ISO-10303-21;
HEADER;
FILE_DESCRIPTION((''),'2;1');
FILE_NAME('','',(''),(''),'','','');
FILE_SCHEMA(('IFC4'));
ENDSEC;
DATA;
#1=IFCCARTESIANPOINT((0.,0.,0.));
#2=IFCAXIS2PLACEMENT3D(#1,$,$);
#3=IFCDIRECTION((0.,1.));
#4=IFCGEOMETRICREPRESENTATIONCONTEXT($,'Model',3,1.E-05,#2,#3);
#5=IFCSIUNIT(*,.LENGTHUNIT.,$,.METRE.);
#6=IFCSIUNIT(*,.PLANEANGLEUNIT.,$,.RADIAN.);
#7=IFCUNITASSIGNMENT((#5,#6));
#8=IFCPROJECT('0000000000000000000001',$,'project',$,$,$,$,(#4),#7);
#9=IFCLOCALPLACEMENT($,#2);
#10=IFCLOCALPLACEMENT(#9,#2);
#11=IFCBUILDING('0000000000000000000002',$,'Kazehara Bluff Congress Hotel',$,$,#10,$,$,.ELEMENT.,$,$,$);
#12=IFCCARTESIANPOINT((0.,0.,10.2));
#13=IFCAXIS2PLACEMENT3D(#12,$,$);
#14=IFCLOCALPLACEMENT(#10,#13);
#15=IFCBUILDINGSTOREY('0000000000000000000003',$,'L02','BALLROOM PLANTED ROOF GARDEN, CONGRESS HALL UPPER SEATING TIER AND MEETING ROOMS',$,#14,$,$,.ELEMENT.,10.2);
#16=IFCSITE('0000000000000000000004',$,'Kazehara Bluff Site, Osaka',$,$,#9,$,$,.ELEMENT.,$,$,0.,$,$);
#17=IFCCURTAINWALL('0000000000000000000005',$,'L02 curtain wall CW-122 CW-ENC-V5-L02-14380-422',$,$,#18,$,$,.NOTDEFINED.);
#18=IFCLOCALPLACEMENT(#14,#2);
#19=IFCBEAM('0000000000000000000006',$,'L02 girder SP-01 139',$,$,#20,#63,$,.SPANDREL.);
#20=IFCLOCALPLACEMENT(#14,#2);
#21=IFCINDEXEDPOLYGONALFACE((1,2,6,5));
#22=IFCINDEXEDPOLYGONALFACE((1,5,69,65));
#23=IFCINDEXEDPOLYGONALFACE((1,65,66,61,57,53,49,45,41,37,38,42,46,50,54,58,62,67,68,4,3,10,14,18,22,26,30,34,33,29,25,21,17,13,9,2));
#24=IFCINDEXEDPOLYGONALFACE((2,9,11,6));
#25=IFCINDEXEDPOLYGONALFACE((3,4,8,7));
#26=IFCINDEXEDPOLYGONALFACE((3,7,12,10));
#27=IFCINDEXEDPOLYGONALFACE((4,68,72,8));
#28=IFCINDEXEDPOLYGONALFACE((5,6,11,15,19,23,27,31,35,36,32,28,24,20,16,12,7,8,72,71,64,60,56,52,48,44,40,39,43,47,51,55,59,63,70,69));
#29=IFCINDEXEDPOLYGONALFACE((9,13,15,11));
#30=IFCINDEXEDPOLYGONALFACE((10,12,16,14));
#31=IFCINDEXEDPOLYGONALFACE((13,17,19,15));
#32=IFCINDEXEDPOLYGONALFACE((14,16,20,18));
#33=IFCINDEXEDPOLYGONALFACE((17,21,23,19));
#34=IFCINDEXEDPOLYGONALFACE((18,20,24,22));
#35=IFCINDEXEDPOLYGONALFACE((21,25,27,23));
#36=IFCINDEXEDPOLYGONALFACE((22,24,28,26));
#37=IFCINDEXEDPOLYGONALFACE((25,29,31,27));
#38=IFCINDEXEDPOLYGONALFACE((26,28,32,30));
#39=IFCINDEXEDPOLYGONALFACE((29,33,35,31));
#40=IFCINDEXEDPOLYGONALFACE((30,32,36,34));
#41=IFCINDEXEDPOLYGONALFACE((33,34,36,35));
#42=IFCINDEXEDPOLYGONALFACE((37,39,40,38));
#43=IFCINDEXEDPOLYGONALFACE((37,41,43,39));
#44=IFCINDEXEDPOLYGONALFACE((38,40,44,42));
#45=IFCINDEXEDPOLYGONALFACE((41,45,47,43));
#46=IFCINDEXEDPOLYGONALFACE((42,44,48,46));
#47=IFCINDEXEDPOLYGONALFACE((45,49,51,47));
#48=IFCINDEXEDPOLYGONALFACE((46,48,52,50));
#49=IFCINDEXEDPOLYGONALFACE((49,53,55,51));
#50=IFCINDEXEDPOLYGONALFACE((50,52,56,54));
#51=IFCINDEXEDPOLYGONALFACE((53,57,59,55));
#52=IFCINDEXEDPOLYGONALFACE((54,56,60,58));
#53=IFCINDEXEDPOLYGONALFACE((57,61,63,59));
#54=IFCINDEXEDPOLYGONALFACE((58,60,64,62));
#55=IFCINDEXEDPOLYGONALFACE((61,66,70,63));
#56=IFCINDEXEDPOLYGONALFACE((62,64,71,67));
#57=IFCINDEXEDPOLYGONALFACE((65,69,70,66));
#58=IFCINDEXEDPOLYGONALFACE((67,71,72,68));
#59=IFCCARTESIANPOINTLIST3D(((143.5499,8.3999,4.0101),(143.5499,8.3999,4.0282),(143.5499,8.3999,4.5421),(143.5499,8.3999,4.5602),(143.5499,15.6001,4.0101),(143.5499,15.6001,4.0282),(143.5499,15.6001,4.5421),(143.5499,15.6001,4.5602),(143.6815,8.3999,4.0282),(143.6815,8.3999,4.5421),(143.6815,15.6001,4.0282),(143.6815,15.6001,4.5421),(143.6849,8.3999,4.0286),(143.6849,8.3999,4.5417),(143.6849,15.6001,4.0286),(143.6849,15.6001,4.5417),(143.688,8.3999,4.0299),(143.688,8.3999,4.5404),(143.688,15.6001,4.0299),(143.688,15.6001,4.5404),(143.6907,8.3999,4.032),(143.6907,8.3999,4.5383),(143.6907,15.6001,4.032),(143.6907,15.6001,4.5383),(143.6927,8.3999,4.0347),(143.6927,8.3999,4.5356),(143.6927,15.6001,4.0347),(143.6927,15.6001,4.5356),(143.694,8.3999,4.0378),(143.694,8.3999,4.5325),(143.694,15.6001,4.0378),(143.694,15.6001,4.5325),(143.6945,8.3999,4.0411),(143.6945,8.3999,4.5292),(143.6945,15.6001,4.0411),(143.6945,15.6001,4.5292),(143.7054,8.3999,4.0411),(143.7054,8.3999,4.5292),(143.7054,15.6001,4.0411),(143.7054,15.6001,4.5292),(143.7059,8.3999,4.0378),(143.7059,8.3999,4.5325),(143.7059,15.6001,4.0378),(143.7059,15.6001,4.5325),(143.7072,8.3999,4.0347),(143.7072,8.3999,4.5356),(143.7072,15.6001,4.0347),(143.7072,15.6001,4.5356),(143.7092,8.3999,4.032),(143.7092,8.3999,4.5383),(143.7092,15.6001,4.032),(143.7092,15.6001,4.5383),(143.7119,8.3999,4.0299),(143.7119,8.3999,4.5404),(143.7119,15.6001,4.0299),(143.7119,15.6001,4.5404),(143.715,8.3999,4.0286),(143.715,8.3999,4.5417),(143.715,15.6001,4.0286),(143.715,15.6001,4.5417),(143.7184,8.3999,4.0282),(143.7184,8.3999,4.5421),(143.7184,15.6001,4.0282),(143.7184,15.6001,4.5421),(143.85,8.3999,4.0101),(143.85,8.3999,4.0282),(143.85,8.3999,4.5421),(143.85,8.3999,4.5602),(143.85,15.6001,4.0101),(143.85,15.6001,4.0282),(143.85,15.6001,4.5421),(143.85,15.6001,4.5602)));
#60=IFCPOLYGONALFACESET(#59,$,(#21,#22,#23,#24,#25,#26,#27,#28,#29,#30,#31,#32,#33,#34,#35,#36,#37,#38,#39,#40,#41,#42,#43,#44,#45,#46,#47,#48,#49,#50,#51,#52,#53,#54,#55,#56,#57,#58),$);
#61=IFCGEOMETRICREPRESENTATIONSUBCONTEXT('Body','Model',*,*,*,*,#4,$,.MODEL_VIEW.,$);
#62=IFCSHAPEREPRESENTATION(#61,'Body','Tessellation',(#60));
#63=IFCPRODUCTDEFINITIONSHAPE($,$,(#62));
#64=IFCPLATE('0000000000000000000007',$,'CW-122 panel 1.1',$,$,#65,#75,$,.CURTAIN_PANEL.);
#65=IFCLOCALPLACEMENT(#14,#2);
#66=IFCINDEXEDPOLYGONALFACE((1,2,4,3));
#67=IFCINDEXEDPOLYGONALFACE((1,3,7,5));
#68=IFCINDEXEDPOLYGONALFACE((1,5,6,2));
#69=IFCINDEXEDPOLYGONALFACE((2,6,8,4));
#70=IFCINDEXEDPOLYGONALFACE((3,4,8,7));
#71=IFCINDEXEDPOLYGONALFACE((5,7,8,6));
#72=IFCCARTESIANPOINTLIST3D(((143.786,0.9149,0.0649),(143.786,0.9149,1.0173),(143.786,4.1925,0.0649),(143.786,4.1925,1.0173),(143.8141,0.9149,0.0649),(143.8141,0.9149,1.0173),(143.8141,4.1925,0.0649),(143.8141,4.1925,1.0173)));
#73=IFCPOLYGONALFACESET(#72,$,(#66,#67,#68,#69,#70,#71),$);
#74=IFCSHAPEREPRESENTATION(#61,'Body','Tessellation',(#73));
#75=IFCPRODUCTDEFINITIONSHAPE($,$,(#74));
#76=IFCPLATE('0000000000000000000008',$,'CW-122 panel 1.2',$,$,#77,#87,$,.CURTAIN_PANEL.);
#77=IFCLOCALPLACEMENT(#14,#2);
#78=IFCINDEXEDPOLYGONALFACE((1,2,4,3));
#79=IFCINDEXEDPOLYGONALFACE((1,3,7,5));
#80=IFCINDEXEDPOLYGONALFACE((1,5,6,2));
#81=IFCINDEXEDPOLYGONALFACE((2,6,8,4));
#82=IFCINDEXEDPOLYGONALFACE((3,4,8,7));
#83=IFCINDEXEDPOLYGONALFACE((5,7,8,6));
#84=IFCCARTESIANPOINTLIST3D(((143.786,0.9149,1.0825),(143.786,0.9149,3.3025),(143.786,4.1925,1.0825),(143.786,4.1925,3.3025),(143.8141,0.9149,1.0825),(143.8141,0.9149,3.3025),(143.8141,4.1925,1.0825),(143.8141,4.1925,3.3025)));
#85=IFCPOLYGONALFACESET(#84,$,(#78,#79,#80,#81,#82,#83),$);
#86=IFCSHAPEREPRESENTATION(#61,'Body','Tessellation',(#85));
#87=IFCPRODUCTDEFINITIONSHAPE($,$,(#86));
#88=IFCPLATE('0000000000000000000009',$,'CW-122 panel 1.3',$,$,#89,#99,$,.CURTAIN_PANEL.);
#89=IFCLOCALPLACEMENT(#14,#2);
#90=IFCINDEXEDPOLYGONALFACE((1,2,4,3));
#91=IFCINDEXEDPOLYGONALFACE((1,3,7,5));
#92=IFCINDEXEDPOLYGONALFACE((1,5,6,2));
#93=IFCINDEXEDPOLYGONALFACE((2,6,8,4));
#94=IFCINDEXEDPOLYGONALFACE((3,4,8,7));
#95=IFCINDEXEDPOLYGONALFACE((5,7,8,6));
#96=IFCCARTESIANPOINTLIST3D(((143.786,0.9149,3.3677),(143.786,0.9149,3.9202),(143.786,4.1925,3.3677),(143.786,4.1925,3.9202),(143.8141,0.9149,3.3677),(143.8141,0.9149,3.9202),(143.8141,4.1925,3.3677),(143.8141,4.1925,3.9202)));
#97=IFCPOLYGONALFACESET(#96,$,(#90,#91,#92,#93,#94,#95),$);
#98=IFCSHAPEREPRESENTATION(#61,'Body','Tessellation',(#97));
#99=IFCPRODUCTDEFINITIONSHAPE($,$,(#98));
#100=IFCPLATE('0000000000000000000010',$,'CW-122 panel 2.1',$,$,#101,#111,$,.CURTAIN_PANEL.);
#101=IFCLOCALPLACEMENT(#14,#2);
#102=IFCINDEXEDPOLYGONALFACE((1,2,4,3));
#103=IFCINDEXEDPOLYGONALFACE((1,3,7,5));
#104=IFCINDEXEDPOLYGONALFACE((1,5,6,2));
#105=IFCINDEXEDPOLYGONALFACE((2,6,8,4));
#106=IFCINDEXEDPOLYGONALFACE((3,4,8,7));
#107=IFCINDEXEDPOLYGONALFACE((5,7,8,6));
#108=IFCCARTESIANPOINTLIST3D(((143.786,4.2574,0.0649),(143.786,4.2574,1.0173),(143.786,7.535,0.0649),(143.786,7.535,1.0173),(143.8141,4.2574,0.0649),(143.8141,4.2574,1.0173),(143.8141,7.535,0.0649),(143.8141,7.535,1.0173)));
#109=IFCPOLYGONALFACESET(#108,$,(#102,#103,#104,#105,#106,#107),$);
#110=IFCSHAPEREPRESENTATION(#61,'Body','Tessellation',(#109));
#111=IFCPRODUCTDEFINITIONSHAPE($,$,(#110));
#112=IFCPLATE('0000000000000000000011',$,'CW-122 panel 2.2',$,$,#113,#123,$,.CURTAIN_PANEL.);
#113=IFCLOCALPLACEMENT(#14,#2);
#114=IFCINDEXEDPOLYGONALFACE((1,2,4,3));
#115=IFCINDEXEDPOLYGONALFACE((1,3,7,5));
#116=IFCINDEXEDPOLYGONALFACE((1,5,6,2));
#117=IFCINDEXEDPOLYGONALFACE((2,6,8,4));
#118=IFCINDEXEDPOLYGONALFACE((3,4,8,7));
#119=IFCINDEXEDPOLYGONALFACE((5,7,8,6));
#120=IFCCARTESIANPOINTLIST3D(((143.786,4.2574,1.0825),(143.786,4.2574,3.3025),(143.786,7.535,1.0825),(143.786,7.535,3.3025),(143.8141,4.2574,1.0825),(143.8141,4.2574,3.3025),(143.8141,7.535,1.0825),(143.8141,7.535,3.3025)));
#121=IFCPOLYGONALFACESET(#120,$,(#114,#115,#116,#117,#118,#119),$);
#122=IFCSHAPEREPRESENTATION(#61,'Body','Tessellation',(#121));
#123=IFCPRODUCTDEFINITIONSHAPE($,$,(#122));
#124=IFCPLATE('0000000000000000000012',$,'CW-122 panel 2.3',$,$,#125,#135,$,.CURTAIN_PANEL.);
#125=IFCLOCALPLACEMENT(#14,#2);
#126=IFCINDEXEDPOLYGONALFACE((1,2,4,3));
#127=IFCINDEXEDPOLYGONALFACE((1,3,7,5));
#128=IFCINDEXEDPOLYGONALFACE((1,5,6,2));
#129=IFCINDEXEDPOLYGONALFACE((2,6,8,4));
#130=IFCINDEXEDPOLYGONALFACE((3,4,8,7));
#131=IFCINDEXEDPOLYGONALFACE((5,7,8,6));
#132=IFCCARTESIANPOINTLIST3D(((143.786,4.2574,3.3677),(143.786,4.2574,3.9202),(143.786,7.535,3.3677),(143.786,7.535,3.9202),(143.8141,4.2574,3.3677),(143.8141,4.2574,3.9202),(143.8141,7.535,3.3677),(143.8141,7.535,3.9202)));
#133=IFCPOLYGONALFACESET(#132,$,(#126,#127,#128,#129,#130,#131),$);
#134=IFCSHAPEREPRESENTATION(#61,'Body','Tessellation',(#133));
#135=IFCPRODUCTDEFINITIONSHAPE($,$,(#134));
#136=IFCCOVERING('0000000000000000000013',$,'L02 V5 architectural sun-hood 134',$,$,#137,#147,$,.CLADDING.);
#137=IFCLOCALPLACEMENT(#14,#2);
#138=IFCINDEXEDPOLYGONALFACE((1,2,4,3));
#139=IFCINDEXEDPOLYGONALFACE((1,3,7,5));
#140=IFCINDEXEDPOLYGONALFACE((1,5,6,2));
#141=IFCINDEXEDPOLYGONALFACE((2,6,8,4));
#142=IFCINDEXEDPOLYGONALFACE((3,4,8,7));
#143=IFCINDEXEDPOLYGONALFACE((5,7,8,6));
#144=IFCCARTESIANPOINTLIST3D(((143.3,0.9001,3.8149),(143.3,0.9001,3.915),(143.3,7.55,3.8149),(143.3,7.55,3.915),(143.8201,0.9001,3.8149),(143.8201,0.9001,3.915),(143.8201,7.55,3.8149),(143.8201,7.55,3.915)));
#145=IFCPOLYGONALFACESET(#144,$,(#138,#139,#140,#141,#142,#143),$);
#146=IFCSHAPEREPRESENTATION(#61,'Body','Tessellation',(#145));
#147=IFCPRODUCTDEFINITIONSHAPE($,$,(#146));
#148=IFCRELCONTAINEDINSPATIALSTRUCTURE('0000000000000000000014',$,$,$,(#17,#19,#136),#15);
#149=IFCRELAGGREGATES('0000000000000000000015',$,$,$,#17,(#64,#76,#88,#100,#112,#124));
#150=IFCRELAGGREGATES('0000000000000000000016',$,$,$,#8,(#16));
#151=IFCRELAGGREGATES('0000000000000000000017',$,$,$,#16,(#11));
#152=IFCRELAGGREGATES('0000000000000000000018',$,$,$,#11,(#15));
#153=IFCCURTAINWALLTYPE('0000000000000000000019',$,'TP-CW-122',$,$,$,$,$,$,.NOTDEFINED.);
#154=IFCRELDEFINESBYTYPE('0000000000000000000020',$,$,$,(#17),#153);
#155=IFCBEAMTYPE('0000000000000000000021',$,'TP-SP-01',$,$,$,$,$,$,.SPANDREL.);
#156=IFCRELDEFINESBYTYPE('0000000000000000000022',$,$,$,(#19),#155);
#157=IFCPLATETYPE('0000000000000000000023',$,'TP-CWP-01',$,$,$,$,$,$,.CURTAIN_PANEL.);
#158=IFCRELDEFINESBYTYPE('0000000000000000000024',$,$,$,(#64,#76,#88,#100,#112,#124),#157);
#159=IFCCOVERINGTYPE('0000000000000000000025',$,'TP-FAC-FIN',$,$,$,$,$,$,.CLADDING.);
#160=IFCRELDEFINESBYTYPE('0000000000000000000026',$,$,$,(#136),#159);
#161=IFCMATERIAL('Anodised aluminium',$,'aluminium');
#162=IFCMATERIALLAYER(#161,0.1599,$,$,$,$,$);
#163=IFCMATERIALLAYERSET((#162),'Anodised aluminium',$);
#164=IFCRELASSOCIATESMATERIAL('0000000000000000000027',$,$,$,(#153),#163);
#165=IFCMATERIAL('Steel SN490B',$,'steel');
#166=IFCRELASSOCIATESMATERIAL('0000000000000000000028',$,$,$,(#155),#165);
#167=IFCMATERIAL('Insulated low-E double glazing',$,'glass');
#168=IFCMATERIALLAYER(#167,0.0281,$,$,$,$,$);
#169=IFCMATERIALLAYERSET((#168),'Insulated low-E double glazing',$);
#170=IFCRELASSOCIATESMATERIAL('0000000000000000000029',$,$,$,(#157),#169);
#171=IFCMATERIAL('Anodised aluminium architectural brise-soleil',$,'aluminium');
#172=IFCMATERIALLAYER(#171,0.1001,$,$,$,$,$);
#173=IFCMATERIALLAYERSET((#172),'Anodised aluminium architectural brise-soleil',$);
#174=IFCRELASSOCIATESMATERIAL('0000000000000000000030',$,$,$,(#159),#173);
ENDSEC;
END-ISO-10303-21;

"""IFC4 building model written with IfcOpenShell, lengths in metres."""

from ifc_helpers import new_model, si_unit, direction, frame, origin, origin_2d, place, context, subcontext, project, spatial, rectangle, i_section, extrude, material, layer, layer_set, material_profile, profile_set, type_object, element, aggregate, save


model = new_model("IFC4")

# Units and contexts
model_context = context("Model", 3, precision=1e-05, world=origin(), true_north=direction((0.0, 1.0)))
body_context = subcontext(model_context, "Body", "Model", "MODEL_VIEW")
ifc_project = project(units=[si_unit("LENGTHUNIT", "METRE"), si_unit("PLANEANGLEUNIT", "RADIAN")], contexts=[model_context])

# Site, building, storey
site_placement = place(None, origin())
site = spatial("IfcSite", under=ifc_project, at=site_placement, Name="Kazehara Bluff Site, Osaka", CompositionType="ELEMENT", RefElevation=0.0)
building_placement = place(site_placement, origin())
building = spatial("IfcBuilding", under=site, at=building_placement, Name="Kazehara Bluff Congress Hotel", CompositionType="ELEMENT")
storey_placement = place(building_placement, frame((0.0, 0.0, 10.2)))
storey = spatial("IfcBuildingStorey", under=building, at=storey_placement, Name="L02", Description="BALLROOM PLANTED ROOF GARDEN, CONGRESS HALL UPPER SEATING TIER AND MEETING ROOMS", CompositionType="ELEMENT", Elevation=10.2)

# Curtain wall
ifc_material_1 = material(Name="Anodised aluminium", Category="aluminium")
ifc_layer_1 = layer(ifc_material_1, 0.1599)
ifc_layer_set_1 = layer_set([ifc_layer_1], Name="Anodised aluminium")
curtain_wall_type_1 = type_object("IfcCurtainWallType", Name="TP-CW-122", PredefinedType="NOTDEFINED", material=ifc_layer_set_1)
curtain_wall_1_placement = place(storey_placement, origin())
curtain_wall_1 = element("IfcCurtainWall", 1, at=curtain_wall_1_placement, inside=storey, type_object=curtain_wall_type_1, Name="L02 curtain wall CW-122 CW-ENC-V5-L02-14380-422", PredefinedType="NOTDEFINED")

# Beam
ifc_material_2 = material(Name="Steel SN490B", Category="steel")
ifc_material_profile_1 = material_profile(ifc_material_2, i_section(OverallWidth=0.3, OverallDepth=0.55, WebThickness=0.011, FlangeThickness=0.0181, FilletRadius=0.0129, at=origin_2d()))
ifc_profile_set_1 = profile_set([ifc_material_profile_1], Name="Steel SN490B")
beam_type_1 = type_object("IfcBeamType", Name="TP-SP-01", PredefinedType="SPANDREL", material=ifc_profile_set_1)
beam_1_placement = place(storey_placement, frame((143.7, 8.3999, 4.2852), z_axis=(0.0, 1.0, 0.0), x_axis=(-1.0, 0.0, 0.0)))
element("IfcBeam", 2, at=beam_1_placement, inside=storey, type_object=beam_type_1, Name="L02 girder SP-01 139", PredefinedType="SPANDREL", context=body_context, shape_type="SweptSolid", body=[
    extrude(i_section(OverallWidth=0.3, OverallDepth=0.55, WebThickness=0.011, FlangeThickness=0.0181, FilletRadius=0.0129, at=origin_2d()), origin(), (0.0, 0.0, 1.0), 7.2002),
])

# Plates
ifc_material_3 = material(Name="Insulated low-E double glazing", Category="glass")
ifc_layer_2 = layer(ifc_material_3, 0.0281)
ifc_layer_set_2 = layer_set([ifc_layer_2], Name="Insulated low-E double glazing")
plate_type = type_object("IfcPlateType", Name="TP-CWP-01", PredefinedType="CURTAIN_PANEL", material=ifc_layer_set_2)
plate_1_placement = place(storey_placement, frame((143.8, 2.5537, 0.0649), z_axis=(0.0, 0.0, 1.0), x_axis=(0.0, 1.0, 0.0)))
plate_1 = element("IfcPlate", 3, at=plate_1_placement, type_object=plate_type, Name="CW-122 panel 1.1", PredefinedType="CURTAIN_PANEL", context=body_context, shape_type="SweptSolid", body=[
    extrude(rectangle(XDim=3.2776, YDim=0.0281, at=origin_2d()), origin(), (0.0, 0.0, 1.0), 0.9524),
])
plate_2_placement = place(storey_placement, frame((143.8, 2.5537, 1.0825), z_axis=(0.0, 0.0, 1.0), x_axis=(0.0, 1.0, 0.0)))
plate_2 = element("IfcPlate", 4, at=plate_2_placement, type_object=plate_type, Name="CW-122 panel 1.2", PredefinedType="CURTAIN_PANEL", context=body_context, shape_type="SweptSolid", body=[
    extrude(rectangle(XDim=3.2776, YDim=0.0281, at=origin_2d()), origin(), (0.0, 0.0, 1.0), 2.22),
])
plate_3_placement = place(storey_placement, frame((143.8, 2.5537, 3.3677), z_axis=(0.0, 0.0, 1.0), x_axis=(0.0, 1.0, 0.0)))
plate_3 = element("IfcPlate", 5, at=plate_3_placement, type_object=plate_type, Name="CW-122 panel 1.3", PredefinedType="CURTAIN_PANEL", context=body_context, shape_type="SweptSolid", body=[
    extrude(rectangle(XDim=3.2776, YDim=0.0281, at=origin_2d()), origin(), (0.0, 0.0, 1.0), 0.5525),
])
plate_4_placement = place(storey_placement, frame((143.8, 5.8962, 0.0649), z_axis=(0.0, 0.0, 1.0), x_axis=(0.0, 1.0, 0.0)))
plate_4 = element("IfcPlate", 6, at=plate_4_placement, type_object=plate_type, Name="CW-122 panel 2.1", PredefinedType="CURTAIN_PANEL", context=body_context, shape_type="SweptSolid", body=[
    extrude(rectangle(XDim=3.2776, YDim=0.0281, at=origin_2d()), origin(), (0.0, 0.0, 1.0), 0.9524),
])
plate_5_placement = place(storey_placement, frame((143.8, 5.8962, 1.0825), z_axis=(0.0, 0.0, 1.0), x_axis=(0.0, 1.0, 0.0)))
plate_5 = element("IfcPlate", 7, at=plate_5_placement, type_object=plate_type, Name="CW-122 panel 2.2", PredefinedType="CURTAIN_PANEL", context=body_context, shape_type="SweptSolid", body=[
    extrude(rectangle(XDim=3.2776, YDim=0.0281, at=origin_2d()), origin(), (0.0, 0.0, 1.0), 2.22),
])
plate_6_placement = place(storey_placement, frame((143.8, 5.8962, 3.3677), z_axis=(0.0, 0.0, 1.0), x_axis=(0.0, 1.0, 0.0)))
plate_6 = element("IfcPlate", 8, at=plate_6_placement, type_object=plate_type, Name="CW-122 panel 2.3", PredefinedType="CURTAIN_PANEL", context=body_context, shape_type="SweptSolid", body=[
    extrude(rectangle(XDim=3.2776, YDim=0.0281, at=origin_2d()), origin(), (0.0, 0.0, 1.0), 0.5525),
])
aggregate(curtain_wall_1, [plate_1, plate_2, plate_3, plate_4, plate_5, plate_6])

# Covering
ifc_material_4 = material(Name="Anodised aluminium architectural brise-soleil", Category="aluminium")
ifc_layer_3 = layer(ifc_material_4, 0.1001)
ifc_layer_set_3 = layer_set([ifc_layer_3], Name="Anodised aluminium architectural brise-soleil")
covering_type = type_object("IfcCoveringType", Name="TP-FAC-FIN", PredefinedType="CLADDING", material=ifc_layer_set_3)
covering_placement = place(storey_placement, frame((143.5601, 4.2251, 3.8149), z_axis=(0.0, 0.0, 1.0), x_axis=(1.0, 0.0, 0.0)))
element("IfcCovering", 9, at=covering_placement, inside=storey, type_object=covering_type, Name="L02 V5 architectural sun-hood 134", PredefinedType="CLADDING", context=body_context, shape_type="SweptSolid", body=[
    extrude(rectangle(XDim=0.52, YDim=6.6499, at=origin_2d()), origin(), (0.0, 0.0, 1.0), 0.1001),
])

save(model, "model.ifc")
